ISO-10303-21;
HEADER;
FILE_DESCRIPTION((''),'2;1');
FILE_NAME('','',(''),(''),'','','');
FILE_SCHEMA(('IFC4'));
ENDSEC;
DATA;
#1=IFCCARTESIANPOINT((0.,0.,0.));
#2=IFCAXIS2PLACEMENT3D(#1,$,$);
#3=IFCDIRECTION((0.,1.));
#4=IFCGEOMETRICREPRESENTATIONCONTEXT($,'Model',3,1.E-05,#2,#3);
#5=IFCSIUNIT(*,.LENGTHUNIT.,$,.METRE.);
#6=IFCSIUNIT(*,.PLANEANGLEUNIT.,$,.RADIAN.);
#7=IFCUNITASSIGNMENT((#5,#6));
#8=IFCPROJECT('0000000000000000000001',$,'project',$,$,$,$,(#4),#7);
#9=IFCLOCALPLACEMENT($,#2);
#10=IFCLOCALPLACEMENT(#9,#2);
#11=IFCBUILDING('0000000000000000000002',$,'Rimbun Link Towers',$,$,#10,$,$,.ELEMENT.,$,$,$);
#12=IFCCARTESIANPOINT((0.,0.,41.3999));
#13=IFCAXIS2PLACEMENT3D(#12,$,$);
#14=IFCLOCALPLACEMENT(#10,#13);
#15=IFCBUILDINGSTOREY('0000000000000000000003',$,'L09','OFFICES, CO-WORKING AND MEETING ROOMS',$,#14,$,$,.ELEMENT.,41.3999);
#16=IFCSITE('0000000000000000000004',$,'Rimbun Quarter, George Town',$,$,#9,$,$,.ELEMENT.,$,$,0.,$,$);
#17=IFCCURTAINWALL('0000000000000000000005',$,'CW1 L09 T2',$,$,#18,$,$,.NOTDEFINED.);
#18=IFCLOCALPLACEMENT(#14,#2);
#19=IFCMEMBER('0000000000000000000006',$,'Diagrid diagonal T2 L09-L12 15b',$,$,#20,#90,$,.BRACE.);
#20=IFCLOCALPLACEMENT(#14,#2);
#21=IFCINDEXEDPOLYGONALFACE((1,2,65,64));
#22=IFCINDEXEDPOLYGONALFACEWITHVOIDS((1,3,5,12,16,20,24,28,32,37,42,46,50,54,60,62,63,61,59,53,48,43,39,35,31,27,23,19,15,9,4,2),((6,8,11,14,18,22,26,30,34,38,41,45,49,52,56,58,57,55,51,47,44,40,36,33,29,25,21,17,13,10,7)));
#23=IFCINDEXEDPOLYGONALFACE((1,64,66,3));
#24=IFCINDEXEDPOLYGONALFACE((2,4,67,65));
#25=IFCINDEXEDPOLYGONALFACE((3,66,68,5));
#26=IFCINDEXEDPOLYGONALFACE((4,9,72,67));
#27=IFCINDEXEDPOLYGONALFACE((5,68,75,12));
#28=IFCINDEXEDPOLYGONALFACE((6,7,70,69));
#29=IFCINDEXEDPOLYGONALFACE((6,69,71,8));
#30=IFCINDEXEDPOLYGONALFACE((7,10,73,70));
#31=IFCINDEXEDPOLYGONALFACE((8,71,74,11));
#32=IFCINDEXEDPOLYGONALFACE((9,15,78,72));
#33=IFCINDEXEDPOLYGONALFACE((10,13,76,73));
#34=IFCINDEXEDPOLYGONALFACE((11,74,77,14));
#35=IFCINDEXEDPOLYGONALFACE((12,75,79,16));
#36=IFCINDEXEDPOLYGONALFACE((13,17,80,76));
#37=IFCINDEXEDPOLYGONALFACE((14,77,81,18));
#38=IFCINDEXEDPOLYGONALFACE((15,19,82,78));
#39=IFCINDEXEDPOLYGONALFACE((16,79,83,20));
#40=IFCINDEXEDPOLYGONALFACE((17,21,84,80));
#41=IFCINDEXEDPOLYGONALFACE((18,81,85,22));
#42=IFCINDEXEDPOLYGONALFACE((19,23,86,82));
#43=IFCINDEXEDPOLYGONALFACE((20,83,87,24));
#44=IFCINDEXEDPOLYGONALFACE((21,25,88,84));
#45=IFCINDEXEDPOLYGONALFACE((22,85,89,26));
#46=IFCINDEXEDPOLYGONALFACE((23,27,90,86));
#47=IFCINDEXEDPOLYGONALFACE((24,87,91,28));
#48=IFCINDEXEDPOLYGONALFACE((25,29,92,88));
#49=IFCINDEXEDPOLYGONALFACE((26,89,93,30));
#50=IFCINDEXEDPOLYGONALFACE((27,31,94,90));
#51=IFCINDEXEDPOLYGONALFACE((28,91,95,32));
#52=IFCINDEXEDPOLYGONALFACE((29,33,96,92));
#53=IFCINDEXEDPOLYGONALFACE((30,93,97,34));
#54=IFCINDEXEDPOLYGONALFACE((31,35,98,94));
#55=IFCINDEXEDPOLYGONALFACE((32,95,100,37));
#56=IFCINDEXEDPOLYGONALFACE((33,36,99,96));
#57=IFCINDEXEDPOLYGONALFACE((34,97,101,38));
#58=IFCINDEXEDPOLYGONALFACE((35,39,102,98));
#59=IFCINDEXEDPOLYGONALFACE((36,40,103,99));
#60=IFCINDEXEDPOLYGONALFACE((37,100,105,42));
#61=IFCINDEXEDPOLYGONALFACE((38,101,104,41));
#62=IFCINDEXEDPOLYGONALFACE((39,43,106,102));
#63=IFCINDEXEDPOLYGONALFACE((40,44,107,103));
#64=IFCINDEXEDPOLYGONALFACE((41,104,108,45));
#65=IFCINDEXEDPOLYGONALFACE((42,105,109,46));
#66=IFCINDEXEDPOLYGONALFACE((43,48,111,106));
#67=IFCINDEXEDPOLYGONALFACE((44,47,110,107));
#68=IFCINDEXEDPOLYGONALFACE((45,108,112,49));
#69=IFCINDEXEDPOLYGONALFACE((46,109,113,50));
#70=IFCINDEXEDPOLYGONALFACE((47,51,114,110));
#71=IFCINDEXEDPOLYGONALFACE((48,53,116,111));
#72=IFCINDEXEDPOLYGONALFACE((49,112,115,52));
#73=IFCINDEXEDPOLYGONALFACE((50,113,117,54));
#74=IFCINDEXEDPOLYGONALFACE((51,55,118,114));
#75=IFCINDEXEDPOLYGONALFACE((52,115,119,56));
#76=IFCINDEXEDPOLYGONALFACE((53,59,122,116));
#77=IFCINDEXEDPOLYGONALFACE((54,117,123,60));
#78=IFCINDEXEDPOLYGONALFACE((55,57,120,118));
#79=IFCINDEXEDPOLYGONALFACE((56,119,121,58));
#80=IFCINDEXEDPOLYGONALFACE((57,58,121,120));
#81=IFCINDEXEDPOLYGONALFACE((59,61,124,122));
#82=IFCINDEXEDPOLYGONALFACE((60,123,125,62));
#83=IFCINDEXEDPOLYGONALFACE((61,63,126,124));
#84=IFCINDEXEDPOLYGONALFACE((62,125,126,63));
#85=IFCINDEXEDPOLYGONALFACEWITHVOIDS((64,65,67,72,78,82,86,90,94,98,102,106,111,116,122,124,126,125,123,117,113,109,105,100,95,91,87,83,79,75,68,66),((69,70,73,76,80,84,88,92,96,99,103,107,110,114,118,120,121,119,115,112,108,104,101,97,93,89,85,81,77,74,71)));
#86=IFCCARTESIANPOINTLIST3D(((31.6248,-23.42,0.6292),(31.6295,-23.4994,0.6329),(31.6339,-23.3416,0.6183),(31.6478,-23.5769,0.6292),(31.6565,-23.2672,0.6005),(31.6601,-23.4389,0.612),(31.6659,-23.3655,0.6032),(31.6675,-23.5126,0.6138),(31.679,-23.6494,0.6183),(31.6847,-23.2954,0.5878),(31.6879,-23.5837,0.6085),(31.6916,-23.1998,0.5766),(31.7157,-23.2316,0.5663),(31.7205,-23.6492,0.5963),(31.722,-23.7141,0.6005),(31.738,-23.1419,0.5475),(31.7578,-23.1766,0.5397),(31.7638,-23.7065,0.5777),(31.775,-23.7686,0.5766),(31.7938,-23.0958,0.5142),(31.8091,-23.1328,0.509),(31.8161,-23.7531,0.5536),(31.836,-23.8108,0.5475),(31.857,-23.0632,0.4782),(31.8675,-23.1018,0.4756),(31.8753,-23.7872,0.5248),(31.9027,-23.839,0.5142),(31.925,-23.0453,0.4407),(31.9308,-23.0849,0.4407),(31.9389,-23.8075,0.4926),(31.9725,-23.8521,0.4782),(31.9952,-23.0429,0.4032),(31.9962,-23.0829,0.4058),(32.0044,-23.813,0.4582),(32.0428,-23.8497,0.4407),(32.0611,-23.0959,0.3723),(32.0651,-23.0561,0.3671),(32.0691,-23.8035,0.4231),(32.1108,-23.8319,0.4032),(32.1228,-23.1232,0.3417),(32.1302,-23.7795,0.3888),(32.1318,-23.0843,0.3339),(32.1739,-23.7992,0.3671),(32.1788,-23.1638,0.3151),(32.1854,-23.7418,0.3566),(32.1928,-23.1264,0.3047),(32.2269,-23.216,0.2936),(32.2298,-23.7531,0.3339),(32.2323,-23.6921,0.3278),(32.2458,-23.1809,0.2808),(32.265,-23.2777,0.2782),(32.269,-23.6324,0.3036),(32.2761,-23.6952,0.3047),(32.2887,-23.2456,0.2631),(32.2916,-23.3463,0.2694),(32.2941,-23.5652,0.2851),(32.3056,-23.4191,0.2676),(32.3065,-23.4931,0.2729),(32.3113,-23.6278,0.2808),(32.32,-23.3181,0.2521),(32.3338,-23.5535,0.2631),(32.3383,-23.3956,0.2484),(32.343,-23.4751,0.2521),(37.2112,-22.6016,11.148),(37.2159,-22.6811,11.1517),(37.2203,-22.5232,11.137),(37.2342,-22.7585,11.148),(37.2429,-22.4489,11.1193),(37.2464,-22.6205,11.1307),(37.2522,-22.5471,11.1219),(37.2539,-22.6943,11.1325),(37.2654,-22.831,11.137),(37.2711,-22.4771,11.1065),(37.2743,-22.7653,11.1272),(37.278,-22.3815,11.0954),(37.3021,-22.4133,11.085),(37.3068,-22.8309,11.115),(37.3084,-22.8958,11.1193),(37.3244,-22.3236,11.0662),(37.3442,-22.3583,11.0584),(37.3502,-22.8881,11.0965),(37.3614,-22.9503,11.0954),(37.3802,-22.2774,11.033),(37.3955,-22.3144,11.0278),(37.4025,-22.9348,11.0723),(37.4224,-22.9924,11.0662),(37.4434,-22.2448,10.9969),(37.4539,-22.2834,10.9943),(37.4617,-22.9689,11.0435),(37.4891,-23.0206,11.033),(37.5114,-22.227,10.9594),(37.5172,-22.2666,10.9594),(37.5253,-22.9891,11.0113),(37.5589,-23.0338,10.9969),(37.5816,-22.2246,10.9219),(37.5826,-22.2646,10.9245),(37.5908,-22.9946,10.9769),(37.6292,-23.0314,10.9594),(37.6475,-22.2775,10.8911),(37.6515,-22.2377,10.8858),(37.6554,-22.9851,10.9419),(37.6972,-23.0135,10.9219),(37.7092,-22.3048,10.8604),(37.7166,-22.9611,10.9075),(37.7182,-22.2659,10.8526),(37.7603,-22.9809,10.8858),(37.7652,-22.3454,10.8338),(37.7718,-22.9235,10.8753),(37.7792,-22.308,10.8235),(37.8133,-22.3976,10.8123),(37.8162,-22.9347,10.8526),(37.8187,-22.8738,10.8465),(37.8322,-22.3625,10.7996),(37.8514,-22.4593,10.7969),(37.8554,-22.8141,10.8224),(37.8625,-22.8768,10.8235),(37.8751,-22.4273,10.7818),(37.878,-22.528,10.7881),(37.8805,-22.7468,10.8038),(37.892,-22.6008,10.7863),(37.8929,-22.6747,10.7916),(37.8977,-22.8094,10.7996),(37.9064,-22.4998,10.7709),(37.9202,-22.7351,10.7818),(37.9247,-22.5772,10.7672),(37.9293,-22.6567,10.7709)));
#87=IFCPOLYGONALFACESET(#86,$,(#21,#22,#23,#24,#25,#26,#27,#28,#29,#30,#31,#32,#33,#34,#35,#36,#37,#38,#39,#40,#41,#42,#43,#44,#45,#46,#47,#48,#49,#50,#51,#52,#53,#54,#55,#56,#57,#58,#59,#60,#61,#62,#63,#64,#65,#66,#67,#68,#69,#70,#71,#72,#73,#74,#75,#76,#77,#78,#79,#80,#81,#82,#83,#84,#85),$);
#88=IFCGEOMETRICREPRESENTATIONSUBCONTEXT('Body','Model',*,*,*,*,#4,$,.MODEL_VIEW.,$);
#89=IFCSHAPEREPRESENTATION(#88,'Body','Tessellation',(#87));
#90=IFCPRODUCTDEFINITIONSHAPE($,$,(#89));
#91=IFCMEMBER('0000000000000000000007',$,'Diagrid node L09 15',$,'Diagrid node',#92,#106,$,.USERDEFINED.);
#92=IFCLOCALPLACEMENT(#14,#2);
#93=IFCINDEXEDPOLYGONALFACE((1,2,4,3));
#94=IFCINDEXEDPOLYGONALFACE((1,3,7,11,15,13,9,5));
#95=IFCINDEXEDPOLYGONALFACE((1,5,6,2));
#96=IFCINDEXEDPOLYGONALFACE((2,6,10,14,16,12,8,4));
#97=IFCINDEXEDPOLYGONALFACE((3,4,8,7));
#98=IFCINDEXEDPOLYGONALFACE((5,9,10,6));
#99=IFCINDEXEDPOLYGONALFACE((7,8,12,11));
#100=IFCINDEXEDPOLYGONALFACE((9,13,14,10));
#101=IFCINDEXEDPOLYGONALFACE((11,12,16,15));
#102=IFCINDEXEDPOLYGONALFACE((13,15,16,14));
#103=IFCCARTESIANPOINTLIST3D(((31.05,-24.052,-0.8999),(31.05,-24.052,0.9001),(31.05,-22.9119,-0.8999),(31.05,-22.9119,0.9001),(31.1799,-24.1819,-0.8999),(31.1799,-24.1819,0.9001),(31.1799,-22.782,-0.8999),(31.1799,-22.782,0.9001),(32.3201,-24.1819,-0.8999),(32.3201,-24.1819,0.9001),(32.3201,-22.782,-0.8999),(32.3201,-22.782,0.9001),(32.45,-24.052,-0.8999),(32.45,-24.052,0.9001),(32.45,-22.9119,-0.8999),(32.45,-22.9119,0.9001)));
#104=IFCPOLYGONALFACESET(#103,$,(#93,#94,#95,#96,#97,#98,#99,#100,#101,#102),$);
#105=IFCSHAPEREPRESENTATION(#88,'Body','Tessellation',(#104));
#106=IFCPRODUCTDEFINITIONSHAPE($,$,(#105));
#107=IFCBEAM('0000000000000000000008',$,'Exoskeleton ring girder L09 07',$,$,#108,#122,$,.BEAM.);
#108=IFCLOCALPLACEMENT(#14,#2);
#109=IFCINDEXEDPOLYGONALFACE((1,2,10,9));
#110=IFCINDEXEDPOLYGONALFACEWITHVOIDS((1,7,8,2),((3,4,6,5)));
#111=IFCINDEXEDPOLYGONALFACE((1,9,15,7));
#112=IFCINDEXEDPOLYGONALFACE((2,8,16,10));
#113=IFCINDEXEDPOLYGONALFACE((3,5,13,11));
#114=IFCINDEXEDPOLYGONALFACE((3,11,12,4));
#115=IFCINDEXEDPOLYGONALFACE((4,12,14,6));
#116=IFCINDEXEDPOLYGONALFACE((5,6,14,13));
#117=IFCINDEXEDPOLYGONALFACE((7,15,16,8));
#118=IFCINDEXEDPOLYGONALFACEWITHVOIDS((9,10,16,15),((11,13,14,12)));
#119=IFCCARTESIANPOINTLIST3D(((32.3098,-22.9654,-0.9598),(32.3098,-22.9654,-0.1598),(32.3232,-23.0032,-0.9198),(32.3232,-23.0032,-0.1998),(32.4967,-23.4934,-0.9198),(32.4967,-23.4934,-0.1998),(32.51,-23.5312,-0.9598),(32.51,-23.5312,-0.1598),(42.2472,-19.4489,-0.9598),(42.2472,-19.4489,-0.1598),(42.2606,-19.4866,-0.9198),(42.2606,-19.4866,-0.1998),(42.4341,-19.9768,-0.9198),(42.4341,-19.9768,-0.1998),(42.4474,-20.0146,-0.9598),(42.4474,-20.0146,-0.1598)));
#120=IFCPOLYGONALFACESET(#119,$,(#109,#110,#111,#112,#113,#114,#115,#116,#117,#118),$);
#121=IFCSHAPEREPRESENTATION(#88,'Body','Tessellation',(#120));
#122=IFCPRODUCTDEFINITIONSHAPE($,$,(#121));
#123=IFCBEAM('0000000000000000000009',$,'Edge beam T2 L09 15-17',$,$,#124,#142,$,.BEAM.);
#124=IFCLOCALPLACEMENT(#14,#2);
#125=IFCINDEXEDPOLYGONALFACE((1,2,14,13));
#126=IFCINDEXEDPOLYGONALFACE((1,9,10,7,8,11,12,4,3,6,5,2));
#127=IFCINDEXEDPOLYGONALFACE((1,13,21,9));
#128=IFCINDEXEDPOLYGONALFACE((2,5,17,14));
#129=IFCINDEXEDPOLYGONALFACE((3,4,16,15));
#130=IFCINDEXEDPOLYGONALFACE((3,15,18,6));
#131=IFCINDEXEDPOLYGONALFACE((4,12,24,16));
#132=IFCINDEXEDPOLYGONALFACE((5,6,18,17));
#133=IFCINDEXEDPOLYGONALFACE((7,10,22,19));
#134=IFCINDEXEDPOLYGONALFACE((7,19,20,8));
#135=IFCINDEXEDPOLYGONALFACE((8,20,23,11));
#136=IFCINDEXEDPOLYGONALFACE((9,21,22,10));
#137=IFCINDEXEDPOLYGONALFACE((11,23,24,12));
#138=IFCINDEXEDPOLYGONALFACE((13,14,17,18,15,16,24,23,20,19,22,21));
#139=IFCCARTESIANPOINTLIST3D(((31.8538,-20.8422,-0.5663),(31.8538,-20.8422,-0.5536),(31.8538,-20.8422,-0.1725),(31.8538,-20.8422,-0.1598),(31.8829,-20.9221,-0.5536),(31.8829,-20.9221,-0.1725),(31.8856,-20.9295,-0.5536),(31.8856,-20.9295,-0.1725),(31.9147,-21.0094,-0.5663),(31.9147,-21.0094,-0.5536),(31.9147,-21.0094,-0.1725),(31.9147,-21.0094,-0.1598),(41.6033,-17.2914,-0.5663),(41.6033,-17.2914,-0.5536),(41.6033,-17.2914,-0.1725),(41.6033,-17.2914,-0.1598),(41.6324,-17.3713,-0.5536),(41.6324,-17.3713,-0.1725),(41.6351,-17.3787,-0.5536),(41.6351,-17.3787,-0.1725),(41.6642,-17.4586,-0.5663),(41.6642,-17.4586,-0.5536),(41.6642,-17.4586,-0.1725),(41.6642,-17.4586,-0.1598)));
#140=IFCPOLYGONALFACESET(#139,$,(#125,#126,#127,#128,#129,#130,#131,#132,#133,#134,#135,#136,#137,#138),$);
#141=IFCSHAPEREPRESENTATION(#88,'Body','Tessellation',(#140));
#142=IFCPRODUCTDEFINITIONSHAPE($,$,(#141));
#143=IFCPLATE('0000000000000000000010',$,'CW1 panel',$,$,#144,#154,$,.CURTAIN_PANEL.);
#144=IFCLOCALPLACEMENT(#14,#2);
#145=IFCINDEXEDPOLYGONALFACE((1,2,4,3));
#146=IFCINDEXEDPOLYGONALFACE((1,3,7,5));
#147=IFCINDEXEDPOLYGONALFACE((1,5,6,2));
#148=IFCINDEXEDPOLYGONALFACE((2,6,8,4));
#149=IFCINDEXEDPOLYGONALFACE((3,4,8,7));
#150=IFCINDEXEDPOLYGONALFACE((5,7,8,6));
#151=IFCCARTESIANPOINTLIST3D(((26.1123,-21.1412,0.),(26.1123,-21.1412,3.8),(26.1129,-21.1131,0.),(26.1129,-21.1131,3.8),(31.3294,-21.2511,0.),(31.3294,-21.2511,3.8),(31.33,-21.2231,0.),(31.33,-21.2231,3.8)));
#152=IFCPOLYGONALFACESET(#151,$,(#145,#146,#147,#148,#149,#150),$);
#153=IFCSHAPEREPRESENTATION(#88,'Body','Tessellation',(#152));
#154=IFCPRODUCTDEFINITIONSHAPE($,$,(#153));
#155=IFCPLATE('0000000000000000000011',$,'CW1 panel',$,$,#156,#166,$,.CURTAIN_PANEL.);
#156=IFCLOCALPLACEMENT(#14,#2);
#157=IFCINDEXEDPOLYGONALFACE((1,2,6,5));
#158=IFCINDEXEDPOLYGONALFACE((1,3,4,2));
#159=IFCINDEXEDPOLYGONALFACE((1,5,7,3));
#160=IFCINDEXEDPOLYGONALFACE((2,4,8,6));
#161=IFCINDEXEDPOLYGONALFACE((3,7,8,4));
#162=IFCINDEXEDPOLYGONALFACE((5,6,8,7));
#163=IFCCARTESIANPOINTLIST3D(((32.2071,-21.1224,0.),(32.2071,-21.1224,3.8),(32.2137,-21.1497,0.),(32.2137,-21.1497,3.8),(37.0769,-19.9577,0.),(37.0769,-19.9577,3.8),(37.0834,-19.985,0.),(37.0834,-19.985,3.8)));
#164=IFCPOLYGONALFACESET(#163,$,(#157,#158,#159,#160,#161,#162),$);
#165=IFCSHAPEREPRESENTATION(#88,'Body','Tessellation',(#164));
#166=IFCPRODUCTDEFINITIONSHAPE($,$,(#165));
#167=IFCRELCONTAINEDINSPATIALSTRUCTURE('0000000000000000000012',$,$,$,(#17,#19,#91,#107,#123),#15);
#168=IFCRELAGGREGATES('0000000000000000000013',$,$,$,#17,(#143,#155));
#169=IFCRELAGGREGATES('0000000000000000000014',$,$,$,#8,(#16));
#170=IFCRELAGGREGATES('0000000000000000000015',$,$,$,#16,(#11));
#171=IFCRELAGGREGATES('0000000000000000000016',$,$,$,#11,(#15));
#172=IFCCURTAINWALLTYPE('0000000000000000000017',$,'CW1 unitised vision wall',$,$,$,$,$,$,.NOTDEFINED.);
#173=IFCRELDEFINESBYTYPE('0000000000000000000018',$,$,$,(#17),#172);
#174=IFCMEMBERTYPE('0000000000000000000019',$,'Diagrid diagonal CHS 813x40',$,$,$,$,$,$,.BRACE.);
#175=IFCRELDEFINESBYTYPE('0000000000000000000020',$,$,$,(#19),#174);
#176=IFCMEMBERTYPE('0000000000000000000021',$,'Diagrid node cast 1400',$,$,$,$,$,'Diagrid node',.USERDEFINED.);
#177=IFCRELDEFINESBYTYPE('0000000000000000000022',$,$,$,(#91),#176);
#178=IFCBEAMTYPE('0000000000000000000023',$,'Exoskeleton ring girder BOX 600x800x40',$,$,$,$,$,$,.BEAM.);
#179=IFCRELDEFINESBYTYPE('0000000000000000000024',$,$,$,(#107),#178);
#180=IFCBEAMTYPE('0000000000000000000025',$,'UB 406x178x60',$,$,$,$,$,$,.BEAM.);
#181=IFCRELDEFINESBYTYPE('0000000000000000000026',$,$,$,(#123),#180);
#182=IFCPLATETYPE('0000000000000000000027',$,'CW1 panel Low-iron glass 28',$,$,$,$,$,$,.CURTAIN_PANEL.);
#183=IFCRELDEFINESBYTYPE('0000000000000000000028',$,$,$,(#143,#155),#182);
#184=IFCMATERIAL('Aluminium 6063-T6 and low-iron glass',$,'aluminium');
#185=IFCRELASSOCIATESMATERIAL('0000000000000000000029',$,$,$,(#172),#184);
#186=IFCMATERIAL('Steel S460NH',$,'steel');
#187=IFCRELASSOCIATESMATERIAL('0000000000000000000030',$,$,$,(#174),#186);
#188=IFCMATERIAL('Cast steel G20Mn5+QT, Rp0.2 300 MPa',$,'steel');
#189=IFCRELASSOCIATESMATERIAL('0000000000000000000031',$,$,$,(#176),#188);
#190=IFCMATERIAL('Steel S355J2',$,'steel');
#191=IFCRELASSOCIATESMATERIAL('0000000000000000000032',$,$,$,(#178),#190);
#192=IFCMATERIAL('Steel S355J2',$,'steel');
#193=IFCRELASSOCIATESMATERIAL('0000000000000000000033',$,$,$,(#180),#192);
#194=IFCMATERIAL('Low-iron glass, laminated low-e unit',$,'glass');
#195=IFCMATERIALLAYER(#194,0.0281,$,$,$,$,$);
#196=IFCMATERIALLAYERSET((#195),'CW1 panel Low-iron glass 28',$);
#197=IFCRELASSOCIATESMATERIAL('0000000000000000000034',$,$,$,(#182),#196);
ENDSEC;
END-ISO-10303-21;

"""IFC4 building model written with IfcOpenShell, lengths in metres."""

from ifc_helpers import new_model, si_unit, direction, frame, origin, origin_2d, place, context, subcontext, project, spatial, polyline, rectangle, hollow_rectangle, hollow_circle, i_section, outline, extrude, material, layer, layer_set, material_profile, profile_set, type_object, element, aggregate, save


model = new_model("IFC4")

# Units and contexts
model_context = context("Model", 3, precision=1e-05, world=origin(), true_north=direction((0.0, 1.0)))
body_context = subcontext(model_context, "Body", "Model", "MODEL_VIEW")
ifc_project = project(units=[si_unit("LENGTHUNIT", "METRE"), si_unit("PLANEANGLEUNIT", "RADIAN")], contexts=[model_context])

# Site, building, storey
site_placement = place(None, origin())
site = spatial("IfcSite", under=ifc_project, at=site_placement, Name="Rimbun Quarter, George Town", CompositionType="ELEMENT", RefElevation=0.0)
building_placement = place(site_placement, origin())
building = spatial("IfcBuilding", under=site, at=building_placement, Name="Rimbun Link Towers", CompositionType="ELEMENT")
storey_placement = place(building_placement, frame((0.0, 0.0, 41.3999)))
storey = spatial("IfcBuildingStorey", under=building, at=storey_placement, Name="L09", Description="OFFICES, CO-WORKING AND MEETING ROOMS", CompositionType="ELEMENT", Elevation=41.3999)

# Curtain wall
ifc_material_1 = material(Name="Aluminium 6063-T6 and low-iron glass", Category="aluminium")
curtain_wall_type = type_object("IfcCurtainWallType", Name="CW1 unitised vision wall", PredefinedType="NOTDEFINED", material=ifc_material_1)
curtain_wall_placement = place(storey_placement, origin())
curtain_wall = element("IfcCurtainWall", 1, at=curtain_wall_placement, inside=storey, type_object=curtain_wall_type, Name="CW1 L09 T2", PredefinedType="NOTDEFINED")

# Members
ifc_material_2 = material(Name="Steel S460NH", Category="steel")
ifc_material_profile_1 = material_profile(ifc_material_2, hollow_circle(Radius=0.4065, WallThickness=0.04, at=origin_2d()), Name="Diagrid diagonal CHS 813x40")
ifc_profile_set_1 = profile_set([ifc_material_profile_1], Name="Steel S460NH")
member_type_1 = type_object("IfcMemberType", Name="Diagrid diagonal CHS 813x40", PredefinedType="BRACE", material=ifc_profile_set_1)
member_1_placement = place(storey_placement, frame((31.9839, -23.4475, 0.4407), z_axis=(0.467942, 0.068549, 0.881097), x_axis=(-0.144944, 0.98944, 0.0)))
element("IfcMember", 2, at=member_1_placement, inside=storey, type_object=member_type_1, Name="Diagrid diagonal T2 L09-L12 15b", PredefinedType="BRACE", context=body_context, shape_type="SweptSolid", body=[
    extrude(hollow_circle(Radius=0.4065, WallThickness=0.04, at=origin_2d()), origin(), (0.0, 0.0, 1.0), 11.9382),
])
ifc_material_3 = material(Name="Cast steel G20Mn5+QT, Rp0.2 300 MPa", Category="steel")
ifc_material_profile_2 = material_profile(ifc_material_3, outline(polyline([(0.7, -0.5701), (0.7, 0.5701), (0.5701, 0.7), (-0.5701, 0.7), (-0.7, 0.5701), (-0.7, -0.5701), (-0.5701, -0.7), (0.5701, -0.7), (0.7, -0.5701)])), Name="NODE 1400x1400")
ifc_profile_set_2 = profile_set([ifc_material_profile_2], Name="Cast steel G20Mn5+QT, Rp0.2 300 MPa")
member_type_2 = type_object("IfcMemberType", Name="Diagrid node cast 1400", ElementType="Diagrid node", PredefinedType="USERDEFINED", material=ifc_profile_set_2)
member_2_placement = place(storey_placement, frame((31.75, -23.4819, -0.8999), z_axis=(0.0, 0.0, 1.0), x_axis=(0.0, -1.0, 0.0)))
element("IfcMember", 3, at=member_2_placement, inside=storey, type_object=member_type_2, Name="Diagrid node L09 15", ObjectType="Diagrid node", PredefinedType="USERDEFINED", context=body_context, shape_type="SweptSolid", body=[
    extrude(outline(polyline([(0.7, -0.5701), (0.7, 0.5701), (0.5701, 0.7), (-0.5701, 0.7), (-0.7, 0.5701), (-0.7, -0.5701), (-0.5701, -0.7), (0.5701, -0.7), (0.7, -0.5701)])), origin(), (0.0, 0.0, 1.0), 1.8),
])

# Beams
ifc_material_4 = material(Name="Steel S355J2", Category="steel")
ifc_material_profile_3 = material_profile(ifc_material_4, hollow_rectangle(XDim=0.6001, YDim=0.8, WallThickness=0.04, at=origin_2d()), Name="Exoskeleton ring girder BOX 600x800x40")
ifc_profile_set_3 = profile_set([ifc_material_profile_3], Name="Steel S355J2")
beam_type_1 = type_object("IfcBeamType", Name="Exoskeleton ring girder BOX 600x800x40", PredefinedType="BEAM", material=ifc_profile_set_3)
beam_1_placement = place(storey_placement, frame((32.4099, -23.2483, -0.5598), z_axis=(0.942715, 0.3336, 0.0), x_axis=(-0.3336, 0.942715, 0.0)))
element("IfcBeam", 4, at=beam_1_placement, inside=storey, type_object=beam_type_1, Name="Exoskeleton ring girder L09 07", PredefinedType="BEAM", context=body_context, shape_type="SweptSolid", body=[
    extrude(hollow_rectangle(XDim=0.6001, YDim=0.8, WallThickness=0.04, at=origin_2d()), origin(), (0.0, 0.0, 1.0), 10.5413),
])
ifc_material_5 = material(Name="Steel S355J2", Category="steel")
ifc_material_profile_4 = material_profile(ifc_material_5, i_section(OverallWidth=0.178, OverallDepth=0.4065, WebThickness=0.0078, FlangeThickness=0.0127, at=origin_2d()), Name="UB 406x178x60")
ifc_profile_set_4 = profile_set([ifc_material_profile_4], Name="Steel S355J2")
beam_type_2 = type_object("IfcBeamType", Name="UB 406x178x60", PredefinedType="BEAM", material=ifc_profile_set_4)
beam_2_placement = place(storey_placement, frame((31.8843, -20.9258, -0.363), z_axis=(0.939623, 0.342212, 0.0), x_axis=(-0.342212, 0.939623, 0.0)))
element("IfcBeam", 5, at=beam_2_placement, inside=storey, type_object=beam_type_2, Name="Edge beam T2 L09 15-17", PredefinedType="BEAM", context=body_context, shape_type="SweptSolid", body=[
    extrude(i_section(OverallWidth=0.178, OverallDepth=0.4065, WebThickness=0.0078, FlangeThickness=0.0127, at=origin_2d()), origin(), (0.0, 0.0, 1.0), 10.376),
])

# Plates
ifc_material_6 = material(Name="Low-iron glass, laminated low-e unit", Category="glass")
ifc_layer_1 = layer(ifc_material_6, 0.0281)
ifc_layer_set_1 = layer_set([ifc_layer_1], Name="CW1 panel Low-iron glass 28")
plate_type = type_object("IfcPlateType", Name="CW1 panel Low-iron glass 28", PredefinedType="CURTAIN_PANEL", material=ifc_layer_set_1)
plate_1_placement = place(storey_placement, frame((28.7212, -21.1821, 0.0), z_axis=(0.0, 0.0, 1.0), x_axis=(-0.999778, 0.021066, 0.0)))
plate_1 = element("IfcPlate", 6, at=plate_1_placement, type_object=plate_type, Name="CW1 panel", PredefinedType="CURTAIN_PANEL", context=body_context, shape_type="SweptSolid", body=[
    extrude(rectangle(XDim=5.2183, YDim=0.0281, at=origin_2d()), origin(), (0.0, 0.0, 1.0), 3.8),
])
plate_2_placement = place(storey_placement, frame((34.6453, -20.5537, 0.0), z_axis=(0.0, 0.0, 1.0), x_axis=(-0.97257, -0.23261, 0.0)))
plate_2 = element("IfcPlate", 7, at=plate_2_placement, type_object=plate_type, Name="CW1 panel", PredefinedType="CURTAIN_PANEL", context=body_context, shape_type="SweptSolid", body=[
    extrude(rectangle(XDim=5.0071, YDim=0.0281, at=origin_2d()), origin(), (0.0, 0.0, 1.0), 3.8),
])
aggregate(curtain_wall, [plate_1, plate_2])

save(model, "model.ifc")
